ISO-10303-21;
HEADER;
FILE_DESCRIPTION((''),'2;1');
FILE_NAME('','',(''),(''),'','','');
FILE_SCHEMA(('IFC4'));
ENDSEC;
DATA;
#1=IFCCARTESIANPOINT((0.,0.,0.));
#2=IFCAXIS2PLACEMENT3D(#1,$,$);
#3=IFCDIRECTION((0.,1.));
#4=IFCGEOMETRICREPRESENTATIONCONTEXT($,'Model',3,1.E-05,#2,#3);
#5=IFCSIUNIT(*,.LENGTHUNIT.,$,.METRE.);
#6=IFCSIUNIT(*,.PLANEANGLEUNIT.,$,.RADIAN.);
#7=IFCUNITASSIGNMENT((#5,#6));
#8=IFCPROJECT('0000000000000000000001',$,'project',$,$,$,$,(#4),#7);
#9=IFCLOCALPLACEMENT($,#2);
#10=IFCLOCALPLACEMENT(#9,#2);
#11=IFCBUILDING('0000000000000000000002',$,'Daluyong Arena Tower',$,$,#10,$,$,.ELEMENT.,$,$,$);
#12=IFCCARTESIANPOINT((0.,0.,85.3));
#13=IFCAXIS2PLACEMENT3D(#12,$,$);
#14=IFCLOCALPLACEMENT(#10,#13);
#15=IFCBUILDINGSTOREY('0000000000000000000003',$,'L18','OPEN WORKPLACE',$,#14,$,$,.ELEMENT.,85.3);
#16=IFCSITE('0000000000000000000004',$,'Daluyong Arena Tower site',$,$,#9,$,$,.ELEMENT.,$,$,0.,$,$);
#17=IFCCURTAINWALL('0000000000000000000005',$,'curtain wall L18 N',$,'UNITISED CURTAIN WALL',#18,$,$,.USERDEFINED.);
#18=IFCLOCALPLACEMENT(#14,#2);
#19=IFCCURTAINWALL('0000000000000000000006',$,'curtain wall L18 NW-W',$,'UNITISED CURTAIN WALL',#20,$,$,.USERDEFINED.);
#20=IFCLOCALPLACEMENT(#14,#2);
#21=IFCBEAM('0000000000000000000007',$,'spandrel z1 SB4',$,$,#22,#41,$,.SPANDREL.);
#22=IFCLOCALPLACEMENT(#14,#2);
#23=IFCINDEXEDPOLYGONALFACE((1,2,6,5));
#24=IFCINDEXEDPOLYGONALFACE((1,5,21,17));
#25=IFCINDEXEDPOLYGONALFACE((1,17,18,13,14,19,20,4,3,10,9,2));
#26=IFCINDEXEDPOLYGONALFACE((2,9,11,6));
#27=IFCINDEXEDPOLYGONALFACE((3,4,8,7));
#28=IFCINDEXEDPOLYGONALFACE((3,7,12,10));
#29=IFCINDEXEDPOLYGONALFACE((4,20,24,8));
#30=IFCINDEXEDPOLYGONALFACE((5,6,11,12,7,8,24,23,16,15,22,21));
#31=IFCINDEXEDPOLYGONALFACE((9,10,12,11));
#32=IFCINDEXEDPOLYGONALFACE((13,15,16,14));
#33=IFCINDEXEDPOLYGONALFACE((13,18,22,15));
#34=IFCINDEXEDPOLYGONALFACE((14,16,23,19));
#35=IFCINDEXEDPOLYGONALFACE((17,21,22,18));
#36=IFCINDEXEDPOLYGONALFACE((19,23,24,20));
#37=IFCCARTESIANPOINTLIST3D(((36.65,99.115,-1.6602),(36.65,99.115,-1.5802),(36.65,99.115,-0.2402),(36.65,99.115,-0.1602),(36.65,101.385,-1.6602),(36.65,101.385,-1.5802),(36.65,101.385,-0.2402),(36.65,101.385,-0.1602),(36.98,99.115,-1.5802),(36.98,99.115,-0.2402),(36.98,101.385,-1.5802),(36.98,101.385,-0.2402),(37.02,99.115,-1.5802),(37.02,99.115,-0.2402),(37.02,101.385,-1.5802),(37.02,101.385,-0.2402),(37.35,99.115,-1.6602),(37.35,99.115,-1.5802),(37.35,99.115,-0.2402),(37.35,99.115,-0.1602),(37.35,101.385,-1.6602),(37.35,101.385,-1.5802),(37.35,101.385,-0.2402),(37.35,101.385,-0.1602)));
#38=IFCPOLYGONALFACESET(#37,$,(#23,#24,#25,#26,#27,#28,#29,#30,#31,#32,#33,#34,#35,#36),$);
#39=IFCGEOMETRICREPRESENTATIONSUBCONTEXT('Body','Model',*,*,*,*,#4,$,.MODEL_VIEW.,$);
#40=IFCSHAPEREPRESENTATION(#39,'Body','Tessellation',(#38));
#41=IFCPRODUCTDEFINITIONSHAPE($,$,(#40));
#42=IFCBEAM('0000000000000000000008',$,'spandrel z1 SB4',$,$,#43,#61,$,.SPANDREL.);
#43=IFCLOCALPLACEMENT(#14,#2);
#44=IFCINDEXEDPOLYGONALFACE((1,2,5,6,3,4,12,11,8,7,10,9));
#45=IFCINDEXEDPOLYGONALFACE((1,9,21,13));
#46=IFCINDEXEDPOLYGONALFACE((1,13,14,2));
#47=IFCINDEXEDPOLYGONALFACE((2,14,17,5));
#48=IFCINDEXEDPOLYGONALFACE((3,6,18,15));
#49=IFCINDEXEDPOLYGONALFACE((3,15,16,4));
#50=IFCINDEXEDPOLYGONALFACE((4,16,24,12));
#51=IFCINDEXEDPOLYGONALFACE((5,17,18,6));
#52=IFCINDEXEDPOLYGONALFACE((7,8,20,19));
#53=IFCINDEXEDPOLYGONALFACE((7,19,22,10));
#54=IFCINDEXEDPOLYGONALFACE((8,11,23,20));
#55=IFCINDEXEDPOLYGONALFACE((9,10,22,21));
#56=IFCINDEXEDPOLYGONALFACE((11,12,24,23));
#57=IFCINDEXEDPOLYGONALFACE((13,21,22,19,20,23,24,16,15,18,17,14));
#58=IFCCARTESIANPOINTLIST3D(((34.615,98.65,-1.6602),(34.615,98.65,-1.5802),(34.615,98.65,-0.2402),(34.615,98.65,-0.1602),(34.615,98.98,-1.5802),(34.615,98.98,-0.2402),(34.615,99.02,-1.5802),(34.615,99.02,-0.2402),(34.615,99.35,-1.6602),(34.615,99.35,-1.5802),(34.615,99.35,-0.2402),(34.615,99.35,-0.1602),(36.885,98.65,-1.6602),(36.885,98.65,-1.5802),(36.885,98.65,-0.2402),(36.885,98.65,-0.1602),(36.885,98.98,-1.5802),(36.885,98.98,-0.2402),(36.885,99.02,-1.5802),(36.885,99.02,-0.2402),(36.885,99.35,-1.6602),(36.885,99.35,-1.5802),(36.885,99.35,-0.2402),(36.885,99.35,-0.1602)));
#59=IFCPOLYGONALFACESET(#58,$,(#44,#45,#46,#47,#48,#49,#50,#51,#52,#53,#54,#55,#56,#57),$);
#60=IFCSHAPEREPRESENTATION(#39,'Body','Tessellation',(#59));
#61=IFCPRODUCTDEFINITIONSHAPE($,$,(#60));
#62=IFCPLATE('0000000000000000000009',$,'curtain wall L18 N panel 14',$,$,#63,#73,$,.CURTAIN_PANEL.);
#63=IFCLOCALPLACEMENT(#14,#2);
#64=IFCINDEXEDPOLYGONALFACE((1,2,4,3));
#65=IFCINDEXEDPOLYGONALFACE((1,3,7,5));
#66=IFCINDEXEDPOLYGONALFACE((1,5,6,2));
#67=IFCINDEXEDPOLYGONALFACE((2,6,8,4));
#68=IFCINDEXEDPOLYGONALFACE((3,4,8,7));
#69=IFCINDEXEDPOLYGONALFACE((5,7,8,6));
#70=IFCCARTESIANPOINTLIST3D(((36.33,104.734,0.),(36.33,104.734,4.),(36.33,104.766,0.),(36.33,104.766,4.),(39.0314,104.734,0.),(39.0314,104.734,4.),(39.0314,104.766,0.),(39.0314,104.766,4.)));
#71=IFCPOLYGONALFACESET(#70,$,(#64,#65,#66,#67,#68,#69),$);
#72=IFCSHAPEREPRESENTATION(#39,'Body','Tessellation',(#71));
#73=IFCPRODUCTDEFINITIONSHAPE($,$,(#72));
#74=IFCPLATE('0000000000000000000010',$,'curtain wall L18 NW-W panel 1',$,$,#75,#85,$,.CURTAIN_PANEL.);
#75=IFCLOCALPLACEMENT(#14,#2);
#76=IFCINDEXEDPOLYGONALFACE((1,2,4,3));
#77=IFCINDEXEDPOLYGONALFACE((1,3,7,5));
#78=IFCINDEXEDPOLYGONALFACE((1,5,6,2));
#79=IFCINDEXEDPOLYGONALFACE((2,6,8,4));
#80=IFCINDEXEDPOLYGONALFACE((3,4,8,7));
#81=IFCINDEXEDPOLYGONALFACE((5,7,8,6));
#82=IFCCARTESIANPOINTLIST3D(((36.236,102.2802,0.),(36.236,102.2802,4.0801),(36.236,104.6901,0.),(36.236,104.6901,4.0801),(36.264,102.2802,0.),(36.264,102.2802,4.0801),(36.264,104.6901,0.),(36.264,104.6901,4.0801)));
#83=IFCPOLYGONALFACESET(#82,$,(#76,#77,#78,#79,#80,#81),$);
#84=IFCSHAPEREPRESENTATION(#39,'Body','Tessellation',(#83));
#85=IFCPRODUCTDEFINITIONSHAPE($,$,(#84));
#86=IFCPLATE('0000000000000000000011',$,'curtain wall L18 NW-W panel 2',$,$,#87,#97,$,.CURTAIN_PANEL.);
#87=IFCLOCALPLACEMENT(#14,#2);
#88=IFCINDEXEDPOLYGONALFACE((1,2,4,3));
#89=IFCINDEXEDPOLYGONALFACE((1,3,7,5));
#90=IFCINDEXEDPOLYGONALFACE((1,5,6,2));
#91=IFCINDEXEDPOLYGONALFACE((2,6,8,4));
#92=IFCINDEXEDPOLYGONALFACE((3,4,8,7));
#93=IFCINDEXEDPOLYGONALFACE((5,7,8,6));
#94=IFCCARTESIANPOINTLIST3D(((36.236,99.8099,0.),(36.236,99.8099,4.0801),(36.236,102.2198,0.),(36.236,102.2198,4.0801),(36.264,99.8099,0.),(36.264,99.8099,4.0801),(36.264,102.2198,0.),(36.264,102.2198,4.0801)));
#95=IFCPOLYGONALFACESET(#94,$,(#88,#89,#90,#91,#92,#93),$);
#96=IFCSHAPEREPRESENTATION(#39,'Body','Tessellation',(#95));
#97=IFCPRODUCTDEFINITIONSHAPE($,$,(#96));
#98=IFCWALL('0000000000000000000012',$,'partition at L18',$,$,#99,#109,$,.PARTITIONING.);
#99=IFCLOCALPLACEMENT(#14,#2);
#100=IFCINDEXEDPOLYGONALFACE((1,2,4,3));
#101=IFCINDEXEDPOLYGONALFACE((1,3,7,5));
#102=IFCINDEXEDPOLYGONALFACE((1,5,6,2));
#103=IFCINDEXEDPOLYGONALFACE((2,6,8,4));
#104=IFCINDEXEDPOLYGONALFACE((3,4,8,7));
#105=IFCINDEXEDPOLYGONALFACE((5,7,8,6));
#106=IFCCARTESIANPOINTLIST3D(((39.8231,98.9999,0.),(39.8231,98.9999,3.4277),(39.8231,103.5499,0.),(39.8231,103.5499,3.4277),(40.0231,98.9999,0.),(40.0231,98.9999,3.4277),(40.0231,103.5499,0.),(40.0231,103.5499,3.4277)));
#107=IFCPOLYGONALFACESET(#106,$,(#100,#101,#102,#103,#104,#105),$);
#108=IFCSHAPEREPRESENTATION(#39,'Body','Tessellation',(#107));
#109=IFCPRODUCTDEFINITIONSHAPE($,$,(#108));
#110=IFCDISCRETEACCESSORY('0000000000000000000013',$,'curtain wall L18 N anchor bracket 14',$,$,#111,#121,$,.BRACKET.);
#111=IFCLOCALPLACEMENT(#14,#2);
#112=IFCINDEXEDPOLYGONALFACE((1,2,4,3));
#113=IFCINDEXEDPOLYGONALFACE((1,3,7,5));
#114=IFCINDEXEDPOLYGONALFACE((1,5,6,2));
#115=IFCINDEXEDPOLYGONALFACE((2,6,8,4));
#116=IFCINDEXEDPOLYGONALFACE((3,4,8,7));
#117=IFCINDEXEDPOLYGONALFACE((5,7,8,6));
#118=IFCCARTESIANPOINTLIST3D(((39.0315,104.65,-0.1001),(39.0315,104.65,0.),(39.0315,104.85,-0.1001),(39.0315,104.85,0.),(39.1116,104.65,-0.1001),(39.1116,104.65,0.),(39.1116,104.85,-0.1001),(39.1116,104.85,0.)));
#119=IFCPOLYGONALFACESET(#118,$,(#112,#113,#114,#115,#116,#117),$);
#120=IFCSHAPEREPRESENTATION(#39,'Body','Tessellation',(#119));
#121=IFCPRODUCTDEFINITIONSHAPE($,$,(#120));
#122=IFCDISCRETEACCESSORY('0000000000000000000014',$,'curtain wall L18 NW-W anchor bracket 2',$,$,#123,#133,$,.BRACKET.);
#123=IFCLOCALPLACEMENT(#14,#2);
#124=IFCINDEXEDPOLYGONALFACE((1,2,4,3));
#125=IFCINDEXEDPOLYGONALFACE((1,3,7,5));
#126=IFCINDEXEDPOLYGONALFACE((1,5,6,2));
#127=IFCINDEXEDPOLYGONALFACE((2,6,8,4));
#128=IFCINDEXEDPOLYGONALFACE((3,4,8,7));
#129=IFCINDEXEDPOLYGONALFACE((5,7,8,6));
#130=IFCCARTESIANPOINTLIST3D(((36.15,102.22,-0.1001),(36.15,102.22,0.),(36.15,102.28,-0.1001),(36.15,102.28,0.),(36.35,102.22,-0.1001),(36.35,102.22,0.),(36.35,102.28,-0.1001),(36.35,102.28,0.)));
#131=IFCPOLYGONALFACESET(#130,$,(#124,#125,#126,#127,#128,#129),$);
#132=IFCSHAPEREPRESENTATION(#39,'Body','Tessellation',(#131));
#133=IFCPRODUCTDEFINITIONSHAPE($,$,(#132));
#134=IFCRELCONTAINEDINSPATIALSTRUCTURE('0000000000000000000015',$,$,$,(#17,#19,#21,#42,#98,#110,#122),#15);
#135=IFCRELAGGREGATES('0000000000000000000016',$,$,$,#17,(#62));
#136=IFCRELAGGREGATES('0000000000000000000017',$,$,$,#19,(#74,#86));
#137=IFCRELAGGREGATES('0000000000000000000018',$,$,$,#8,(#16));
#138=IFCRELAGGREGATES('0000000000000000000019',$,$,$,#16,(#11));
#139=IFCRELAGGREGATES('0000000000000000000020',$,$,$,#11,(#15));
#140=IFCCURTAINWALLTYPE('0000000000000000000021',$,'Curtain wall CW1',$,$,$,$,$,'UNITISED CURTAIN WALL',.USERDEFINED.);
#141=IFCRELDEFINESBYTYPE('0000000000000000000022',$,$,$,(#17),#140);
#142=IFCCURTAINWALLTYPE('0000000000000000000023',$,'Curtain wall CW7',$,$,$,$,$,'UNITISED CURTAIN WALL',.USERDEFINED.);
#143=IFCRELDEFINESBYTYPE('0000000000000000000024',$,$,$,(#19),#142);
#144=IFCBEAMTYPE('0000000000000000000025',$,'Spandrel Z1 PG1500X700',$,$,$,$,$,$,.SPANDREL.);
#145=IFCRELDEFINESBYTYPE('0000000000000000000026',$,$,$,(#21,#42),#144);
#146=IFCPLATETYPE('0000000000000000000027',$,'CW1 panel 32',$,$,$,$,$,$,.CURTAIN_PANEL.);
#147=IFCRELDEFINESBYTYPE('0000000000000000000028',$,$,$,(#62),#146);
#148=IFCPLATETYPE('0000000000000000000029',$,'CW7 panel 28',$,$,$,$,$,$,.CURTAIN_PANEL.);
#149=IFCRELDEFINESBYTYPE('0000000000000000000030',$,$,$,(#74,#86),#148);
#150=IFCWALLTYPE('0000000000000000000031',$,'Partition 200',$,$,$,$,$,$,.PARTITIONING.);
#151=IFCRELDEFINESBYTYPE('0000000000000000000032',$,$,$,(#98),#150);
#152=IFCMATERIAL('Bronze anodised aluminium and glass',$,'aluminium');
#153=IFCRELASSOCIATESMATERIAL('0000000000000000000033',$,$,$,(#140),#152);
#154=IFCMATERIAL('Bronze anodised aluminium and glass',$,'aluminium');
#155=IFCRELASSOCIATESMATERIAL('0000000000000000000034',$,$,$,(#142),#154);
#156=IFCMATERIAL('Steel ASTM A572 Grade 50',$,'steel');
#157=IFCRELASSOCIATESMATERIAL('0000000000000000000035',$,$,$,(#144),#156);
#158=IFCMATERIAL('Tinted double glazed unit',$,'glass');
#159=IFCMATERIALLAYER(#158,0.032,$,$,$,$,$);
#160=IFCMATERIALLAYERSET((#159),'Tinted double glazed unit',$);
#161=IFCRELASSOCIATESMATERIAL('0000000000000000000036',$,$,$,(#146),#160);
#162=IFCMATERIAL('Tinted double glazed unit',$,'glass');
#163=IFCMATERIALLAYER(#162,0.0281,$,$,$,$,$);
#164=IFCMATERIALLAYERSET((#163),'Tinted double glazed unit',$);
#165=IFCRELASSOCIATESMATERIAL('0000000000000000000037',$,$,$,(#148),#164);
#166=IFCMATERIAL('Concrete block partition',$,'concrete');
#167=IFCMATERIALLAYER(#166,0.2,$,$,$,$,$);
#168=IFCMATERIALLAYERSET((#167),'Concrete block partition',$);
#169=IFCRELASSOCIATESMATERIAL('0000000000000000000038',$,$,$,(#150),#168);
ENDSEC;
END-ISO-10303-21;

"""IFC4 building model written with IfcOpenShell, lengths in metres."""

from ifc_helpers import new_model, si_unit, direction, frame, frame_2d, origin, origin_2d, place, context, subcontext, project, spatial, rectangle, i_section, extrude, material, layer, layer_set, material_profile, profile_set, type_object, element, aggregate, save


model = new_model("IFC4")

# Units and contexts
model_context = context("Model", 3, precision=1e-05, world=origin(), true_north=direction((0.0, 1.0)))
body_context = subcontext(model_context, "Body", "Model", "MODEL_VIEW")
ifc_project = project(units=[si_unit("LENGTHUNIT", "METRE"), si_unit("PLANEANGLEUNIT", "RADIAN")], contexts=[model_context])

# Site, building, storey
site_placement = place(None, origin())
site = spatial("IfcSite", under=ifc_project, at=site_placement, Name="Daluyong Arena Tower site", CompositionType="ELEMENT", RefElevation=0.0)
building_placement = place(site_placement, origin())
building = spatial("IfcBuilding", under=site, at=building_placement, Name="Daluyong Arena Tower", CompositionType="ELEMENT")
storey_placement = place(building_placement, frame((0.0, 0.0, 85.3)))
storey = spatial("IfcBuildingStorey", under=building, at=storey_placement, Name="L18", Description="OPEN WORKPLACE", CompositionType="ELEMENT", Elevation=85.3)

# Curtain walls
ifc_material_1 = material(Name="Bronze anodised aluminium and glass", Category="aluminium")
curtain_wall_type_1 = type_object("IfcCurtainWallType", Name="Curtain wall CW1", ElementType="UNITISED CURTAIN WALL", PredefinedType="USERDEFINED", material=ifc_material_1)
curtain_wall_1_placement = place(storey_placement, origin())
curtain_wall_1 = element("IfcCurtainWall", 1, at=curtain_wall_1_placement, inside=storey, type_object=curtain_wall_type_1, Name="curtain wall L18 N", ObjectType="UNITISED CURTAIN WALL", PredefinedType="USERDEFINED")
ifc_material_2 = material(Name="Bronze anodised aluminium and glass", Category="aluminium")
curtain_wall_type_2 = type_object("IfcCurtainWallType", Name="Curtain wall CW7", ElementType="UNITISED CURTAIN WALL", PredefinedType="USERDEFINED", material=ifc_material_2)
curtain_wall_2_placement = place(storey_placement, origin())
curtain_wall_2 = element("IfcCurtainWall", 2, at=curtain_wall_2_placement, inside=storey, type_object=curtain_wall_type_2, Name="curtain wall L18 NW-W", ObjectType="UNITISED CURTAIN WALL", PredefinedType="USERDEFINED")

# Beams
ifc_material_3 = material(Name="Steel ASTM A572 Grade 50", Category="steel")
ifc_material_profile_1 = material_profile(ifc_material_3, i_section(OverallWidth=0.7, OverallDepth=1.5, WebThickness=0.04, FlangeThickness=0.08, at=origin_2d()))
ifc_profile_set_1 = profile_set([ifc_material_profile_1], Name="Steel ASTM A572 Grade 50")
beam_type_1 = type_object("IfcBeamType", Name="Spandrel Z1 PG1500X700", PredefinedType="SPANDREL", material=ifc_profile_set_1)
for number, where, z_axis, x_axis, name in (
    (3, (37.0, 101.385, -0.9102), (0.0, -1.0, 0.0), (1.0, 0.0, 0.0), "spandrel z1 SB4"),
    (4, (36.885, 99.0, -0.9102), (-1.0, 0.0, 0.0), (0.0, -1.0, 0.0), "spandrel z1 SB4"),
):
    element("IfcBeam", number, at=place(storey_placement, frame(where, z_axis=z_axis, x_axis=x_axis)), inside=storey, type_object=beam_type_1, Name=name, PredefinedType="SPANDREL", context=body_context, shape_type="SweptSolid", body=[
        extrude(i_section(OverallWidth=0.7, OverallDepth=1.5, WebThickness=0.04, FlangeThickness=0.08, at=origin_2d()), origin(), (0.0, 0.0, 1.0), 2.27),
    ])

# Plates
ifc_material_4 = material(Name="Tinted double glazed unit", Category="glass")
ifc_layer_1 = layer(ifc_material_4, 0.032)
ifc_layer_set_1 = layer_set([ifc_layer_1], Name="Tinted double glazed unit")
plate_type_1 = type_object("IfcPlateType", Name="CW1 panel 32", PredefinedType="CURTAIN_PANEL", material=ifc_layer_set_1)
plate_1_placement = place(storey_placement, frame((37.6807, 104.75, 0.0), z_axis=(0.0, 0.0, 1.0), x_axis=(-1.0, 0.0, 0.0)))
plate_1 = element("IfcPlate", 5, at=plate_1_placement, type_object=plate_type_1, Name="curtain wall L18 N panel 14", PredefinedType="CURTAIN_PANEL", context=body_context, shape_type="SweptSolid", body=[
    extrude(rectangle(XDim=2.7014, YDim=0.032, at=origin_2d()), origin(), (0.0, 0.0, 1.0), 4.0),
])
aggregate(curtain_wall_1, [plate_1])
ifc_material_5 = material(Name="Tinted double glazed unit", Category="glass")
ifc_layer_2 = layer(ifc_material_5, 0.0281)
ifc_layer_set_2 = layer_set([ifc_layer_2], Name="Tinted double glazed unit")
plate_type_2 = type_object("IfcPlateType", Name="CW7 panel 28", PredefinedType="CURTAIN_PANEL", material=ifc_layer_set_2)
plate_2_placement = place(storey_placement, frame((36.25, 103.4851, 0.0), z_axis=(0.0, 0.0, 1.0), x_axis=(0.0, -1.0, 0.0)))
plate_2 = element("IfcPlate", 6, at=plate_2_placement, type_object=plate_type_2, Name="curtain wall L18 NW-W panel 1", PredefinedType="CURTAIN_PANEL", context=body_context, shape_type="SweptSolid", body=[
    extrude(rectangle(XDim=2.4099, YDim=0.0281, at=origin_2d()), origin(), (0.0, 0.0, 1.0), 4.0801),
])
plate_3_placement = place(storey_placement, frame((36.25, 101.0149, 0.0), z_axis=(0.0, 0.0, 1.0), x_axis=(0.0, -1.0, 0.0)))
plate_3 = element("IfcPlate", 7, at=plate_3_placement, type_object=plate_type_2, Name="curtain wall L18 NW-W panel 2", PredefinedType="CURTAIN_PANEL", context=body_context, shape_type="SweptSolid", body=[
    extrude(rectangle(XDim=2.4099, YDim=0.0281, at=origin_2d()), origin(), (0.0, 0.0, 1.0), 4.0801),
])
aggregate(curtain_wall_2, [plate_2, plate_3])

# Wall
ifc_material_6 = material(Name="Concrete block partition", Category="concrete")
ifc_layer_3 = layer(ifc_material_6, 0.2)
ifc_layer_set_3 = layer_set([ifc_layer_3], Name="Concrete block partition")
wall_type_1 = type_object("IfcWallType", Name="Partition 200", PredefinedType="PARTITIONING", material=ifc_layer_set_3)
wall_1_placement = place(storey_placement, frame((39.9231, 99.0, 0.0), z_axis=(0.0, 0.0, 1.0), x_axis=(0.0, 1.0, 0.0)))
element("IfcWall", 8, at=wall_1_placement, inside=storey, type_object=wall_type_1, Name="partition at L18", PredefinedType="PARTITIONING", context=body_context, shape_type="SweptSolid", body=[
    extrude(rectangle(XDim=4.55, YDim=0.2, at=frame_2d((2.2749, 0.0))), origin(), (0.0, 0.0, 1.0), 3.4277),
])

# Discrete accessories
discrete_accessory_1_placement = place(storey_placement, frame((39.0715, 104.75, -0.1001), z_axis=(0.0, 0.0, 1.0), x_axis=(-1.0, 0.0, 0.0)))
element("IfcDiscreteAccessory", 9, at=discrete_accessory_1_placement, inside=storey, Name="curtain wall L18 N anchor bracket 14", PredefinedType="BRACKET", context=body_context, shape_type="SweptSolid", body=[
    extrude(rectangle(XDim=0.0801, YDim=0.2, at=origin_2d()), origin(), (0.0, 0.0, 1.0), 0.1001),
])
discrete_accessory_2_placement = place(storey_placement, frame((36.25, 102.25, -0.1001), z_axis=(0.0, 0.0, 1.0), x_axis=(0.0, -1.0, 0.0)))
element("IfcDiscreteAccessory", 10, at=discrete_accessory_2_placement, inside=storey, Name="curtain wall L18 NW-W anchor bracket 2", PredefinedType="BRACKET", context=body_context, shape_type="SweptSolid", body=[
    extrude(rectangle(XDim=0.0601, YDim=0.2, at=origin_2d()), origin(), (0.0, 0.0, 1.0), 0.1001),
])

save(model, "model.ifc")
